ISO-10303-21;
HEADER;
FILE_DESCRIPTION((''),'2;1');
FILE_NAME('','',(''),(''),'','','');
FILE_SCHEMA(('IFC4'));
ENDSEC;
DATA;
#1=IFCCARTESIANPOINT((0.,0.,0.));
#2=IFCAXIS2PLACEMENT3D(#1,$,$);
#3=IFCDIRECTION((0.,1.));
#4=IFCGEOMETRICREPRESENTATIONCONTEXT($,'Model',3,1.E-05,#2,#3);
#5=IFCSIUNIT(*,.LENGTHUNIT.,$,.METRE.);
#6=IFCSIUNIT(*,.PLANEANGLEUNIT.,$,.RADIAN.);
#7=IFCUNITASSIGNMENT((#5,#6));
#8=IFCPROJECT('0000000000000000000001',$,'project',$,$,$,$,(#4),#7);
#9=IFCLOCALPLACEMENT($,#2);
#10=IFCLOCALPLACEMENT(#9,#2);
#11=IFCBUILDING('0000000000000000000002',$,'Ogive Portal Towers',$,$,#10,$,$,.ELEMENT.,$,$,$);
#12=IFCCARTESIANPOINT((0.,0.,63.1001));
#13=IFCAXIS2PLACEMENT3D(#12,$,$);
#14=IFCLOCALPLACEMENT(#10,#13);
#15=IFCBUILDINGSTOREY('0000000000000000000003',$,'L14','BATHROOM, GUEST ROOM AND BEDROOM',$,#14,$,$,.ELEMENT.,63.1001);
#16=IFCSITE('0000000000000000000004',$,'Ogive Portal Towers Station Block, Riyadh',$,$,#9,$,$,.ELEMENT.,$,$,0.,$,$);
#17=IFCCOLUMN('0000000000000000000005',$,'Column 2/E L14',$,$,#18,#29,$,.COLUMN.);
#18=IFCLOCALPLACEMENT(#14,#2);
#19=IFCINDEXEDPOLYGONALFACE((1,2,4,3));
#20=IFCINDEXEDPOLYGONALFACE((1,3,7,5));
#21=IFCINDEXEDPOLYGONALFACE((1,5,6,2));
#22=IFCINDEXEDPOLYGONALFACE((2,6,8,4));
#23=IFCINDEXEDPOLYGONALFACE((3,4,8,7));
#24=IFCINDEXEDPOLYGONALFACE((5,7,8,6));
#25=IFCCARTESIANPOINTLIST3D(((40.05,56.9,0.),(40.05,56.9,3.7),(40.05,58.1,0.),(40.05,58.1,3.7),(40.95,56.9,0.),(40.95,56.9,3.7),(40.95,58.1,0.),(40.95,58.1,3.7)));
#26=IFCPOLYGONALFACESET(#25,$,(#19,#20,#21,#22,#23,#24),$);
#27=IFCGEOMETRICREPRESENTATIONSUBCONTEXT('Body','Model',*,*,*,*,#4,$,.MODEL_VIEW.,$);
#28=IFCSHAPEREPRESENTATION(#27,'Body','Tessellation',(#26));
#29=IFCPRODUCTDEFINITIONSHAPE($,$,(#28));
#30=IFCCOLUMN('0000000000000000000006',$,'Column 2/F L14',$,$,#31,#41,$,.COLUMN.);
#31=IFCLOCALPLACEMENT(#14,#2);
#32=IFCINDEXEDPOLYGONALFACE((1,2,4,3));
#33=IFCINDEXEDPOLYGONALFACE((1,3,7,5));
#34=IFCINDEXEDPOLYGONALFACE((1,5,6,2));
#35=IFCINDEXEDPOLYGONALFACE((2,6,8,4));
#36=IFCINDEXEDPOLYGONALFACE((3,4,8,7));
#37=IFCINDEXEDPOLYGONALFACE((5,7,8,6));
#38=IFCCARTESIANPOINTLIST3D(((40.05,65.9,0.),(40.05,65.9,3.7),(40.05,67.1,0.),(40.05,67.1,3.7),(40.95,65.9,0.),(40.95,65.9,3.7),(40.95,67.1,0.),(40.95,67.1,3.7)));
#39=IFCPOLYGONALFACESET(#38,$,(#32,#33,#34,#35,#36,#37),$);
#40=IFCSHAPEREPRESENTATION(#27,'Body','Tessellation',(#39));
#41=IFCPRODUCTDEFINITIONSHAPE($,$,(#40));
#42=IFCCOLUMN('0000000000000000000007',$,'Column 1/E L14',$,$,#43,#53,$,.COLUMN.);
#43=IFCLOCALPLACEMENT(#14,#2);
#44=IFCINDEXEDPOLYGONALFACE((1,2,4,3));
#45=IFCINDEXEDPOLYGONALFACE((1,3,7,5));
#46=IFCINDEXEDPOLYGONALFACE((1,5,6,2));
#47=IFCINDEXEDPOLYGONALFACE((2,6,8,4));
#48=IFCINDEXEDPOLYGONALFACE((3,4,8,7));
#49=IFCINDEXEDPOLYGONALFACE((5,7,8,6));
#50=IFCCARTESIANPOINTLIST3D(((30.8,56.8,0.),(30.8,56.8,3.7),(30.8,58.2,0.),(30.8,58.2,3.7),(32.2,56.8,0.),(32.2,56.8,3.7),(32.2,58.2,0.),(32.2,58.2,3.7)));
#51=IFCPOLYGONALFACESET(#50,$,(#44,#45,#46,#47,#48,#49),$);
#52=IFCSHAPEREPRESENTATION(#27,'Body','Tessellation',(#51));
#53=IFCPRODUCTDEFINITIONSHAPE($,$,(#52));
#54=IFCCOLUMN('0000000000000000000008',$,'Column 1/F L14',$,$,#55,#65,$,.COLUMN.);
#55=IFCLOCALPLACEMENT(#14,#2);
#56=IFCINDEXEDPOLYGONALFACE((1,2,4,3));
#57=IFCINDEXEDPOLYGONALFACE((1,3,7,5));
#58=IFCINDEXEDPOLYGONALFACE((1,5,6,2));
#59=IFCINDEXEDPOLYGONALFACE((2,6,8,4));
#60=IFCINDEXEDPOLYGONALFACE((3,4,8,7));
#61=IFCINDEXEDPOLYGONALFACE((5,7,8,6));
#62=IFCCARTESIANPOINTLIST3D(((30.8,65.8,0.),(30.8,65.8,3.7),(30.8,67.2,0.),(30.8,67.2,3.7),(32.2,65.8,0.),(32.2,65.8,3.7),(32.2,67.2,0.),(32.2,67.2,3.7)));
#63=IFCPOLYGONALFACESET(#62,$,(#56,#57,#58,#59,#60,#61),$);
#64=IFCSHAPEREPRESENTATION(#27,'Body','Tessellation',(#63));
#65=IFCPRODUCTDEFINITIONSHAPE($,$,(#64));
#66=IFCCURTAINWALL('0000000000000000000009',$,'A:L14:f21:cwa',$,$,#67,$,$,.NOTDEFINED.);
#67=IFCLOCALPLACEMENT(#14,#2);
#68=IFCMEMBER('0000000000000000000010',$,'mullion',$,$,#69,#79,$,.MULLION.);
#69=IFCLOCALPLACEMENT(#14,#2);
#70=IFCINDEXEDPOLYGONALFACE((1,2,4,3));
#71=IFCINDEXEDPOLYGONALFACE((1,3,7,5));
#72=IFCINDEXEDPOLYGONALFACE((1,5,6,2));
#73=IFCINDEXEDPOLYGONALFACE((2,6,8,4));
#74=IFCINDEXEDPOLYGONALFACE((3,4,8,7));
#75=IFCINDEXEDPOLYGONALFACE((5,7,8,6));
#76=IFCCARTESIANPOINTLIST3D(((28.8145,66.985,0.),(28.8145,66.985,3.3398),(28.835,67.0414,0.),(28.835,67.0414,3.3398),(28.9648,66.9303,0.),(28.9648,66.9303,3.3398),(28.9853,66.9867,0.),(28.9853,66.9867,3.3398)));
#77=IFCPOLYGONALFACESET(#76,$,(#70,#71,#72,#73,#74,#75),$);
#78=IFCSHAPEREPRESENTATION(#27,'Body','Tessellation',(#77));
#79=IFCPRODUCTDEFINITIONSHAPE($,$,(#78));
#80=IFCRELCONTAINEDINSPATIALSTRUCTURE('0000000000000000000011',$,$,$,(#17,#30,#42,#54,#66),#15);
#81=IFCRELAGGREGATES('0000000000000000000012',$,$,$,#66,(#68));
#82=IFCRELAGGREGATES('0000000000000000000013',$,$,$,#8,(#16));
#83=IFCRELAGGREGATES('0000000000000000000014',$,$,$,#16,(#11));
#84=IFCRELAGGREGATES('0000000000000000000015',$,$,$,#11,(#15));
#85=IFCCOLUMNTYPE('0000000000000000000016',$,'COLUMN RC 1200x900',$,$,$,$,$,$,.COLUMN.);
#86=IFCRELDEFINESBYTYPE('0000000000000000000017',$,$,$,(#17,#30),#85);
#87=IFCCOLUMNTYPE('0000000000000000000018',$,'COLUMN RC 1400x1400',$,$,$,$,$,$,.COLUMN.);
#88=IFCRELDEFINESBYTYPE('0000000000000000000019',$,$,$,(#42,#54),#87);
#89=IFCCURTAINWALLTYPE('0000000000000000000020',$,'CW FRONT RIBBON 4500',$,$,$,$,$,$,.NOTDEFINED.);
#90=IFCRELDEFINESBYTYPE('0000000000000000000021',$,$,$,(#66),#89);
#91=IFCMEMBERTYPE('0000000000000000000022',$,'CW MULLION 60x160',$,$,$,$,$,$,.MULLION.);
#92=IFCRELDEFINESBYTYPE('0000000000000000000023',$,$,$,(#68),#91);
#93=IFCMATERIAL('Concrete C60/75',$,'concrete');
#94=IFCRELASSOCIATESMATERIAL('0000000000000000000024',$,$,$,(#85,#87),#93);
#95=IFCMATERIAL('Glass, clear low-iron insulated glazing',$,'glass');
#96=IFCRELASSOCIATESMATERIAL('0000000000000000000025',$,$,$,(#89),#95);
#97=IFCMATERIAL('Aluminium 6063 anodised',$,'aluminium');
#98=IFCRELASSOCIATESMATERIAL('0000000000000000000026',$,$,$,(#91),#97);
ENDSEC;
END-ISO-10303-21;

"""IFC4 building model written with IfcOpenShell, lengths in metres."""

from ifc_helpers import new_model, si_unit, direction, frame, origin, origin_2d, place, context, subcontext, project, spatial, rectangle, extrude, material, material_profile, profile_set, type_object, element, aggregate, save


model = new_model("IFC4")

# Units and contexts
model_context = context("Model", 3, precision=1e-05, world=origin(), true_north=direction((0.0, 1.0)))
body_context = subcontext(model_context, "Body", "Model", "MODEL_VIEW")
ifc_project = project(units=[si_unit("LENGTHUNIT", "METRE"), si_unit("PLANEANGLEUNIT", "RADIAN")], contexts=[model_context])

# Site, building, storey
site_placement = place(None, origin())
site = spatial("IfcSite", under=ifc_project, at=site_placement, Name="Ogive Portal Towers Station Block, Riyadh", CompositionType="ELEMENT", RefElevation=0.0)
building_placement = place(site_placement, origin())
building = spatial("IfcBuilding", under=site, at=building_placement, Name="Ogive Portal Towers", CompositionType="ELEMENT")
storey_placement = place(building_placement, frame((0.0, 0.0, 63.1001)))
storey = spatial("IfcBuildingStorey", under=building, at=storey_placement, Name="L14", Description="BATHROOM, GUEST ROOM AND BEDROOM", CompositionType="ELEMENT", Elevation=63.1001)

# Columns
ifc_material_1 = material(Name="Concrete C60/75", Category="concrete")
ifc_material_profile_1 = material_profile(ifc_material_1, rectangle(XDim=1.2, YDim=0.8999, at=origin_2d()), Name="RC 1200x900")
ifc_profile_set_1 = profile_set([ifc_material_profile_1], Name="Concrete C60/75")
column_type_1 = type_object("IfcColumnType", Name="COLUMN RC 1200x900", PredefinedType="COLUMN", material=ifc_profile_set_1)
for number, where, z_axis, x_axis, name in (
    (1, (40.5, 57.5, 0.0), (0.0, 0.0, 1.0), (0.0, 1.0, 0.0), "Column 2/E L14"),
    (2, (40.5, 66.5, 0.0), (0.0, 0.0, 1.0), (0.0, 1.0, 0.0), "Column 2/F L14"),
):
    element("IfcColumn", number, at=place(storey_placement, frame(where, z_axis=z_axis, x_axis=x_axis)), inside=storey, type_object=column_type_1, Name=name, PredefinedType="COLUMN", context=body_context, shape_type="SweptSolid", body=[
        extrude(rectangle(XDim=1.2, YDim=0.8999, at=origin_2d()), origin(), (0.0, 0.0, 1.0), 3.7),
    ])
ifc_material_profile_2 = material_profile(ifc_material_1, rectangle(XDim=1.3999, YDim=1.3999, at=origin_2d()), Name="RC 1400x1400")
ifc_profile_set_2 = profile_set([ifc_material_profile_2], Name="Concrete C60/75")
column_type_2 = type_object("IfcColumnType", Name="COLUMN RC 1400x1400", PredefinedType="COLUMN", material=ifc_profile_set_2)
for number, where, z_axis, x_axis, name in (
    (3, (31.5, 57.5, 0.0), (0.0, 0.0, 1.0), (1.0, 0.0, 0.0), "Column 1/E L14"),
    (4, (31.5, 66.5, 0.0), (0.0, 0.0, 1.0), (1.0, 0.0, 0.0), "Column 1/F L14"),
):
    element("IfcColumn", number, at=place(storey_placement, frame(where, z_axis=z_axis, x_axis=x_axis)), inside=storey, type_object=column_type_2, Name=name, PredefinedType="COLUMN", context=body_context, shape_type="SweptSolid", body=[
        extrude(rectangle(XDim=1.3999, YDim=1.3999, at=origin_2d()), origin(), (0.0, 0.0, 1.0), 3.7),
    ])

# Curtain wall, member
ifc_material_2 = material(Name="Glass, clear low-iron insulated glazing", Category="glass")
curtain_wall_type = type_object("IfcCurtainWallType", Name="CW FRONT RIBBON 4500", PredefinedType="NOTDEFINED", material=ifc_material_2)
curtain_wall_placement = place(storey_placement, origin())
curtain_wall = element("IfcCurtainWall", 5, at=curtain_wall_placement, inside=storey, type_object=curtain_wall_type, Name="A:L14:f21:cwa", PredefinedType="NOTDEFINED")
ifc_material_3 = material(Name="Aluminium 6063 anodised", Category="aluminium")
ifc_material_profile_3 = material_profile(ifc_material_3, rectangle(XDim=0.1599, YDim=0.0601, at=origin_2d()), Name="AL 60x160")
ifc_profile_set_3 = profile_set([ifc_material_profile_3], Name="Aluminium 6063 anodised")
member_type = type_object("IfcMemberType", Name="CW MULLION 60x160", PredefinedType="MULLION", material=ifc_profile_set_3)
member_placement = place(storey_placement, frame((28.8999, 66.9858, 0.0), z_axis=(0.0, 0.0, 1.0), x_axis=(0.939693, -0.34202, 0.0)))
member = element("IfcMember", 6, at=member_placement, type_object=member_type, Name="mullion", PredefinedType="MULLION", context=body_context, shape_type="SweptSolid", body=[
    extrude(rectangle(XDim=0.1599, YDim=0.0601, at=origin_2d()), origin(), (0.0, 0.0, 1.0), 3.3398),
])
aggregate(curtain_wall, [member])

save(model, "model.ifc")
